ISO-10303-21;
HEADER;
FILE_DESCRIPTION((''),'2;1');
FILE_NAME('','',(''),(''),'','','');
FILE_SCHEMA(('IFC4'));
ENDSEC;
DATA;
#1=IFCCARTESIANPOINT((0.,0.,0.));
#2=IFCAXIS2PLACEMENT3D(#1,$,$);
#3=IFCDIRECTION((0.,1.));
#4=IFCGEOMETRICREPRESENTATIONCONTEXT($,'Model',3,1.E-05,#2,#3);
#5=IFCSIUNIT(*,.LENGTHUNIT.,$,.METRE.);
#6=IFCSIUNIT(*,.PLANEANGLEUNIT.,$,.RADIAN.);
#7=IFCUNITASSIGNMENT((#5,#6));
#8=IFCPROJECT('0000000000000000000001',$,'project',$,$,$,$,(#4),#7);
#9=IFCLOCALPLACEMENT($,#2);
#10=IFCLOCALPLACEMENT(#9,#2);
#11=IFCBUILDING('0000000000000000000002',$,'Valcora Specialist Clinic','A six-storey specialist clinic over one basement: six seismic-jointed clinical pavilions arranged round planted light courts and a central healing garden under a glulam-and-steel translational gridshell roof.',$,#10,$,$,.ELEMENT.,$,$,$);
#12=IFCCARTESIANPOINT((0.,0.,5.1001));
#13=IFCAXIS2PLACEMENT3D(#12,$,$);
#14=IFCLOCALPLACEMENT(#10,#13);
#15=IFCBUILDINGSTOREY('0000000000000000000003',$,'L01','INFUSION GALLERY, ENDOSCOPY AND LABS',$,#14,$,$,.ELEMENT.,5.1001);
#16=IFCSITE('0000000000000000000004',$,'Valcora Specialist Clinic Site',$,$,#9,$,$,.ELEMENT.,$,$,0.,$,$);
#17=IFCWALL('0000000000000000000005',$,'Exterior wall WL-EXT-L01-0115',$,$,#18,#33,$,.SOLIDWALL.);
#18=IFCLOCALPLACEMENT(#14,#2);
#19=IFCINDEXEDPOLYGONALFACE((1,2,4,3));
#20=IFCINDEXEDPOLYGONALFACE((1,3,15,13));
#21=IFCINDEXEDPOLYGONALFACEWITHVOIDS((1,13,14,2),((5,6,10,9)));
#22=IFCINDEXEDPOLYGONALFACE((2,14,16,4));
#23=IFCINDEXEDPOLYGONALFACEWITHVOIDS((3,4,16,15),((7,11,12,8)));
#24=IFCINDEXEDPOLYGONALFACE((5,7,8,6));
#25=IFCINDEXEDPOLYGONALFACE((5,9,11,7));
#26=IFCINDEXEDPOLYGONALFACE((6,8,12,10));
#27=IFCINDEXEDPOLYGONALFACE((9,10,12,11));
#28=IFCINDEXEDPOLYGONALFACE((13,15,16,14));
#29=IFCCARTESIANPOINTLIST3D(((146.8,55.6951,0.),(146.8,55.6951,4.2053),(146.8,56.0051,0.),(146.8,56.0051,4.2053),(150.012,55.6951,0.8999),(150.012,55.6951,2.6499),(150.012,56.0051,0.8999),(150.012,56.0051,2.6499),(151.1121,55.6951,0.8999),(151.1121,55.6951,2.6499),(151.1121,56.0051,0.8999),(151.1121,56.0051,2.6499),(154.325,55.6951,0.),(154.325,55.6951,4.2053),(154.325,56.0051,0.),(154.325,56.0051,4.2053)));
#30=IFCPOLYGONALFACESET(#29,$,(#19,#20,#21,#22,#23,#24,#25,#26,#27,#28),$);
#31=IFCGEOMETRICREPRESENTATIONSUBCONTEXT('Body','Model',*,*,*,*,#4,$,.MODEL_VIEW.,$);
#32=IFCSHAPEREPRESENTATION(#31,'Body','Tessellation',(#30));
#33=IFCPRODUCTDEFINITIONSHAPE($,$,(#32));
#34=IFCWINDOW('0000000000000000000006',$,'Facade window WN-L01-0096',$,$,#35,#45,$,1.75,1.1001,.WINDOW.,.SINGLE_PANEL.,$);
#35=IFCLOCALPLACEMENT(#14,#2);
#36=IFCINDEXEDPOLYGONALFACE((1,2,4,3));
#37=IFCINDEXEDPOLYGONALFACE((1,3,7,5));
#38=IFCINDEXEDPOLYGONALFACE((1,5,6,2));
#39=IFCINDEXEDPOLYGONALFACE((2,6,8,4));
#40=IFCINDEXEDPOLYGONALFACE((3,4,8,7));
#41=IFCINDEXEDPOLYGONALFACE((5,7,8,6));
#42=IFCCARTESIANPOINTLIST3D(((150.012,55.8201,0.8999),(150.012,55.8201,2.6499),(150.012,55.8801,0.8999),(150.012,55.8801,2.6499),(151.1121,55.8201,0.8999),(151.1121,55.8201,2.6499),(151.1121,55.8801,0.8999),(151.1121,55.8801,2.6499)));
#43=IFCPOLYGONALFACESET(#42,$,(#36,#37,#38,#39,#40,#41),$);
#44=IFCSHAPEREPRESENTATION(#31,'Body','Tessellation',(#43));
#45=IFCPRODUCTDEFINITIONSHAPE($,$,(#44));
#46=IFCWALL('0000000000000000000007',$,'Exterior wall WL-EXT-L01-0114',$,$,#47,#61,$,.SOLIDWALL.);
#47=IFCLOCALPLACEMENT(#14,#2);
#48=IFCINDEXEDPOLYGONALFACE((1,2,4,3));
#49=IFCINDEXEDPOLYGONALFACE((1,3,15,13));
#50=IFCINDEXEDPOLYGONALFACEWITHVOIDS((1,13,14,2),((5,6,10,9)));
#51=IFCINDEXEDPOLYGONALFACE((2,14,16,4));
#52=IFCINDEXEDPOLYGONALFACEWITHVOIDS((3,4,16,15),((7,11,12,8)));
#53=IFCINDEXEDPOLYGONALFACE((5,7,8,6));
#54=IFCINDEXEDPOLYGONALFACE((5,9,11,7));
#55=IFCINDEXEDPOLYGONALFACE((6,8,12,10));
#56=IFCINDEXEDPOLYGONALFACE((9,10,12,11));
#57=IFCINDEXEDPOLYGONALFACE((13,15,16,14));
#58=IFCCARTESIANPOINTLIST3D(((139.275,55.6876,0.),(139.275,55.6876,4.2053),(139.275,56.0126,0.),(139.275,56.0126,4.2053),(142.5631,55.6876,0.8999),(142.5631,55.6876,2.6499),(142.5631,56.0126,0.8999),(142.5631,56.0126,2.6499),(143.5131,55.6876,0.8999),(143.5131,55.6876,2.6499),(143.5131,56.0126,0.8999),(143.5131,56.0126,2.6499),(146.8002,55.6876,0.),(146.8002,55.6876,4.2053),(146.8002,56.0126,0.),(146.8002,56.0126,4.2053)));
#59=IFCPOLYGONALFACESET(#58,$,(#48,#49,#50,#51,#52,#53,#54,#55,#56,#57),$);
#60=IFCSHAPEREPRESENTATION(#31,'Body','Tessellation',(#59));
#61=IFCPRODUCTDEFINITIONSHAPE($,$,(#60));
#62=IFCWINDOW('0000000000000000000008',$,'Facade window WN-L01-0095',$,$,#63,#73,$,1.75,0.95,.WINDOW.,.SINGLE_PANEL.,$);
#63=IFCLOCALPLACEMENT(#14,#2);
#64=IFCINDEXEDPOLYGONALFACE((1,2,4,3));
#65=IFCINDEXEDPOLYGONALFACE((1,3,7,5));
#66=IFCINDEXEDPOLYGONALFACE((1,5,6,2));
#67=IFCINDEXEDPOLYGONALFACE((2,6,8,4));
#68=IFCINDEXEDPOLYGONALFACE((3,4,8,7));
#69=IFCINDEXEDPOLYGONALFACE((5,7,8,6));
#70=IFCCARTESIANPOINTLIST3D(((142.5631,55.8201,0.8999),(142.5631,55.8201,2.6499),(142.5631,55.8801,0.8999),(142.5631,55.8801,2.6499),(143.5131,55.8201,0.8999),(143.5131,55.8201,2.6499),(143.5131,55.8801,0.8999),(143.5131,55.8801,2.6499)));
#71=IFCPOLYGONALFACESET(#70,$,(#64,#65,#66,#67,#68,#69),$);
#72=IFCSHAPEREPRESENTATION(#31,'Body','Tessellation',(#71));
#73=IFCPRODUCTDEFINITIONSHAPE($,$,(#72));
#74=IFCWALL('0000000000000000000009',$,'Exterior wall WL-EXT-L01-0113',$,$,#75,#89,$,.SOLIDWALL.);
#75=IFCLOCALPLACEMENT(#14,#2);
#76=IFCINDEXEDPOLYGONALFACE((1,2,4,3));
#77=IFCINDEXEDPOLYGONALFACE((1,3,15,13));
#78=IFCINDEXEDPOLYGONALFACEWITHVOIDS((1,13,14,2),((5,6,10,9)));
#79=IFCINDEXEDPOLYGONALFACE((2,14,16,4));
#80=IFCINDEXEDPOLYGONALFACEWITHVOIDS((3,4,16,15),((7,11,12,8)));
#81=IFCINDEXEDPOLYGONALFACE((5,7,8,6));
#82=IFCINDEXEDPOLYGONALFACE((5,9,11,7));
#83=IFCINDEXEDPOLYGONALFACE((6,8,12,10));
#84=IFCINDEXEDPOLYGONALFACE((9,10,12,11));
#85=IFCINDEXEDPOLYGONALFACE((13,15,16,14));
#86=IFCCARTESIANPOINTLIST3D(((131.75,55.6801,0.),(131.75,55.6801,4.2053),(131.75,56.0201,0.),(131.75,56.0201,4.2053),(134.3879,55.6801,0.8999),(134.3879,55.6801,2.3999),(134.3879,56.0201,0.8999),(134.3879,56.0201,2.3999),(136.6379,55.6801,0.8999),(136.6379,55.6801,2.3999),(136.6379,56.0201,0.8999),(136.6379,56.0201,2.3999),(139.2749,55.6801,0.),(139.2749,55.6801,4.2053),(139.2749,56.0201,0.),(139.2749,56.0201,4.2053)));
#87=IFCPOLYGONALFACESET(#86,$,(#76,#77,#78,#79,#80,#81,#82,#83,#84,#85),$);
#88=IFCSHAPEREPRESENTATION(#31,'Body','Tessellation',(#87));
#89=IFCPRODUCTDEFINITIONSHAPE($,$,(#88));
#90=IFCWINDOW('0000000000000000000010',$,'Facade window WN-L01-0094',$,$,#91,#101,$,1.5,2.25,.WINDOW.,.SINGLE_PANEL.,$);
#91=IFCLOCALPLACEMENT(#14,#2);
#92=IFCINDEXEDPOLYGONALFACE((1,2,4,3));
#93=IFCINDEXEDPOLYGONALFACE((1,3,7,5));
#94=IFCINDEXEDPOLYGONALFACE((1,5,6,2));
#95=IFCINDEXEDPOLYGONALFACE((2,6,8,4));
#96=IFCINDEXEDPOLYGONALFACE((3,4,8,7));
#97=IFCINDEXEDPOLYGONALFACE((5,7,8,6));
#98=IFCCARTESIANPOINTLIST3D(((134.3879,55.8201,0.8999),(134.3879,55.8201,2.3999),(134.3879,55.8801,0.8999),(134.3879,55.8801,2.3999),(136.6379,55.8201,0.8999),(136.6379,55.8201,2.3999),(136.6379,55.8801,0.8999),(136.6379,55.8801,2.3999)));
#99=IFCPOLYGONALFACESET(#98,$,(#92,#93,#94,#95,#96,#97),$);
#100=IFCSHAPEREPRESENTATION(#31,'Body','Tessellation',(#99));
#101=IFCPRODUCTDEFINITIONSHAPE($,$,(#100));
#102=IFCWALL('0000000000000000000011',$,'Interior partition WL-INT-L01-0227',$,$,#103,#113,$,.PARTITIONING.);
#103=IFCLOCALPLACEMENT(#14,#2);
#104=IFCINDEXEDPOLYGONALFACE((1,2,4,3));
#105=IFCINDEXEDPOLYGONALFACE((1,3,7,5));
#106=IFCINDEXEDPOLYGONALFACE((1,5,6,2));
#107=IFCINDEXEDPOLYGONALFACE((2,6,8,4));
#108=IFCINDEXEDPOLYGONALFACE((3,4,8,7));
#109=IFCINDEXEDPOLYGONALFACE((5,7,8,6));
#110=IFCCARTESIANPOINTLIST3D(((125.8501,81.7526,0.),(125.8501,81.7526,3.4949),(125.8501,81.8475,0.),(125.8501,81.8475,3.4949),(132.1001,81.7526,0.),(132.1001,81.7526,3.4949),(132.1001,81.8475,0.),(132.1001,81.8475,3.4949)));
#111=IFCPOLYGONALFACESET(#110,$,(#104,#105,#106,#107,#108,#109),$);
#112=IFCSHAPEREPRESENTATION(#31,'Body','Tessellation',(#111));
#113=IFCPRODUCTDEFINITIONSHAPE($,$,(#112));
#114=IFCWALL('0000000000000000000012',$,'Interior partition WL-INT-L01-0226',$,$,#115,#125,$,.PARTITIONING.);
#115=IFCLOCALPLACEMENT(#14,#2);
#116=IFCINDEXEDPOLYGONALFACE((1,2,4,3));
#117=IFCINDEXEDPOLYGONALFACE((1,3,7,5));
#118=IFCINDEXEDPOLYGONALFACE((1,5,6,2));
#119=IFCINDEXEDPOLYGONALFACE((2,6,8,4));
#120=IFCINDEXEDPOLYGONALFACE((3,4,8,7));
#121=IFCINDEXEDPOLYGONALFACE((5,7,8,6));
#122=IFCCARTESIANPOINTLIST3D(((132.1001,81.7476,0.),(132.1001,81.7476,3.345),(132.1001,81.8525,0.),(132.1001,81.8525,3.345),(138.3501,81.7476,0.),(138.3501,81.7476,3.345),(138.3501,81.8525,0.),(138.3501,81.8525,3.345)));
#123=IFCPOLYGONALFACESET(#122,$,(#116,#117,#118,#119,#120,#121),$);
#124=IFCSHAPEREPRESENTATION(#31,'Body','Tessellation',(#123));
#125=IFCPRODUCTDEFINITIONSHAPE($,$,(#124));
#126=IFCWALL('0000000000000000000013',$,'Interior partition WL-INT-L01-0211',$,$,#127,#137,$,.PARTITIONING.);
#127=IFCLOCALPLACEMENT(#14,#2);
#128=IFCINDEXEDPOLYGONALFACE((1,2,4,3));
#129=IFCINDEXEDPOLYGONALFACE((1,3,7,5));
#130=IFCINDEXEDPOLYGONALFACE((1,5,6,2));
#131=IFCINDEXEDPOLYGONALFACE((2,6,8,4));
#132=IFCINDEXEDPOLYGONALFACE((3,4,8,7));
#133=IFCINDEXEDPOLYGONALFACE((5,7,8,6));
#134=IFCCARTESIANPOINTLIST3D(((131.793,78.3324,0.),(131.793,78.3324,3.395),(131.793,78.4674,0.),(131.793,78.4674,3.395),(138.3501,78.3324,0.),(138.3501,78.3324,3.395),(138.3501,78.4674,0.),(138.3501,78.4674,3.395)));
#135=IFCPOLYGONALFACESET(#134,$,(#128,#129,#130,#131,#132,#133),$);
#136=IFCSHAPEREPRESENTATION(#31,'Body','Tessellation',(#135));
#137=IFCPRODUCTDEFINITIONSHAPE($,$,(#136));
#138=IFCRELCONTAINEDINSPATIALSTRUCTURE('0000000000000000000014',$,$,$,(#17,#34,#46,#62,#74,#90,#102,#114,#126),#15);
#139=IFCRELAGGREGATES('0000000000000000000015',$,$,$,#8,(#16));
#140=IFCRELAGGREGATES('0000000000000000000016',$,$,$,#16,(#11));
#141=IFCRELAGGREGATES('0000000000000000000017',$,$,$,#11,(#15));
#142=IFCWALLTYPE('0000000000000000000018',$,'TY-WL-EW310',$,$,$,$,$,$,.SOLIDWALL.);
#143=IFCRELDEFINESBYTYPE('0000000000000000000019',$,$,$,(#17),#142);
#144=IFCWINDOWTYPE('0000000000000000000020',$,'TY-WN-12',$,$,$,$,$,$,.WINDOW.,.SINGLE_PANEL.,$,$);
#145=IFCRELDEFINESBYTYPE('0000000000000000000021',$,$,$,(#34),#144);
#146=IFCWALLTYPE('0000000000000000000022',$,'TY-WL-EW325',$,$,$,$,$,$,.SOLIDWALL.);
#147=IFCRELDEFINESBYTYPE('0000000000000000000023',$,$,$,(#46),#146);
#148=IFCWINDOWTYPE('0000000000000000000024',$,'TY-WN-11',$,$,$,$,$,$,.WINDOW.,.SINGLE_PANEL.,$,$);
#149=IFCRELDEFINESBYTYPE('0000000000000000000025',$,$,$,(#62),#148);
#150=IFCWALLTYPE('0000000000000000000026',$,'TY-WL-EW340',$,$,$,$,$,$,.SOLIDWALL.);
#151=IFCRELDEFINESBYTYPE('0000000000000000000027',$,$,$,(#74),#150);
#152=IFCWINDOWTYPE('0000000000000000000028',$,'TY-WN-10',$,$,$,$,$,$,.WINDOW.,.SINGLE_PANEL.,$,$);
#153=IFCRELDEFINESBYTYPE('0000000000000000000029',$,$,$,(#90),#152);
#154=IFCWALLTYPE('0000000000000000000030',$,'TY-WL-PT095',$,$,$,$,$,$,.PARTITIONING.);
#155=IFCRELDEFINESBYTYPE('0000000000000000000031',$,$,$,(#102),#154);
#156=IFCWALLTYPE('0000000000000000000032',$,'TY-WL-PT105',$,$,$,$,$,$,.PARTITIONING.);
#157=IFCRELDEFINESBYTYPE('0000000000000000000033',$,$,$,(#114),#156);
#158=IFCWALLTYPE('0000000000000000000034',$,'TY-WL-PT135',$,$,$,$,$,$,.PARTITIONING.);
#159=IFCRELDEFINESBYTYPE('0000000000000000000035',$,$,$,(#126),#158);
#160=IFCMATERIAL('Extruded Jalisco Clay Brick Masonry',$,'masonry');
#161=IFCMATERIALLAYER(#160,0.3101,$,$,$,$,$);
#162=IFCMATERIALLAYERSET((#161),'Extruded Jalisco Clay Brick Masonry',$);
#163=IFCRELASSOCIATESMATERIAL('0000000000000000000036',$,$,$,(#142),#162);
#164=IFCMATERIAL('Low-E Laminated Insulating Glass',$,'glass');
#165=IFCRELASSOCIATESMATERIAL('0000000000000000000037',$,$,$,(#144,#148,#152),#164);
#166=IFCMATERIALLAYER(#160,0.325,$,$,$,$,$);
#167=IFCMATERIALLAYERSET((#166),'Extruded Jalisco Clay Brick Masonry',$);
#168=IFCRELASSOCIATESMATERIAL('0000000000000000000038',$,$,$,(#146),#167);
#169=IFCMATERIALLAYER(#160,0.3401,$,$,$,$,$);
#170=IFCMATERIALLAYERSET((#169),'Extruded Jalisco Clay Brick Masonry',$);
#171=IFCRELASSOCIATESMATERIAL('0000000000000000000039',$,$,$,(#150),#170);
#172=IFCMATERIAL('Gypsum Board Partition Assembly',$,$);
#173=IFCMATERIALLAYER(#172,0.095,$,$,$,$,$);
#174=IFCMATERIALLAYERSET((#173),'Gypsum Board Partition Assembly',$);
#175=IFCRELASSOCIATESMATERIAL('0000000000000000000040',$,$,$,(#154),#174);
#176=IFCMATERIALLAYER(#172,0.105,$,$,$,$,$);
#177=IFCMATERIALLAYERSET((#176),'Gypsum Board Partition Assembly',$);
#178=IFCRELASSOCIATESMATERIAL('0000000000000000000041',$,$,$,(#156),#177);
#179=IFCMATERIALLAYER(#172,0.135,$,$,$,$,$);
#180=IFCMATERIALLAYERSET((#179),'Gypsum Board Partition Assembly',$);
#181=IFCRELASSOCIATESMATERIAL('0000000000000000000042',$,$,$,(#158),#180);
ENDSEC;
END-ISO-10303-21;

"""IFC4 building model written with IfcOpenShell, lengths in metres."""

from ifc_helpers import new_model, si_unit, direction, frame, frame_2d, origin, place, context, subcontext, project, spatial, rectangle, extrude, material, layer, layer_set, type_object, element, fill, save


model = new_model("IFC4")

# Units and contexts
model_context = context("Model", 3, precision=1e-05, world=origin(), true_north=direction((0.0, 1.0)))
body_context = subcontext(model_context, "Body", "Model", "MODEL_VIEW")
ifc_project = project(units=[si_unit("LENGTHUNIT", "METRE"), si_unit("PLANEANGLEUNIT", "RADIAN")], contexts=[model_context])

# Site, building, storey
site_placement = place(None, origin())
site = spatial("IfcSite", under=ifc_project, at=site_placement, Name="Valcora Specialist Clinic Site", CompositionType="ELEMENT", RefElevation=0.0)
building_placement = place(site_placement, origin())
building = spatial("IfcBuilding", under=site, at=building_placement, Name="Valcora Specialist Clinic", Description="A six-storey specialist clinic over one basement: six seismic-jointed clinical pavilions arranged round planted light courts and a central healing garden under a glulam-and-steel translational gridshell roof.", CompositionType="ELEMENT")
storey_placement = place(building_placement, frame((0.0, 0.0, 5.1001)))
storey = spatial("IfcBuildingStorey", under=building, at=storey_placement, Name="L01", Description="INFUSION GALLERY, ENDOSCOPY AND LABS", CompositionType="ELEMENT", Elevation=5.1001)

# Walls, openings, windows
ifc_material_1 = material(Name="Extruded Jalisco Clay Brick Masonry", Category="masonry")
ifc_material_2 = material(Name="Low-E Laminated Insulating Glass", Category="glass")
ifc_layer_1 = layer(ifc_material_1, 0.3101)
ifc_layer_set_1 = layer_set([ifc_layer_1], Name="Extruded Jalisco Clay Brick Masonry")
wall_type_1 = type_object("IfcWallType", Name="TY-WL-EW310", PredefinedType="SOLIDWALL", material=ifc_layer_set_1)
wall_1_placement = place(storey_placement, frame((146.8, 55.8501, 0.0), z_axis=(0.0, 0.0, 1.0), x_axis=(1.0, 0.0, 0.0)))
wall_1 = element("IfcWall", 1, at=wall_1_placement, inside=storey, type_object=wall_type_1, Name="Exterior wall WL-EXT-L01-0115", PredefinedType="SOLIDWALL", context=body_context, shape_type="SweptSolid", body=[
    extrude(rectangle(XDim=7.5249, YDim=0.3101, at=frame_2d((3.7625, 0.0))), origin(), (0.0, 0.0, 1.0), 4.2053),
])
opening_1_placement = place(wall_1_placement, frame((3.2119, 0.0, 0.8999)))
opening_1 = element("IfcOpeningElement", 2, at=opening_1_placement, cuts=wall_1, PredefinedType="OPENING", context=body_context, shape_type="SweptSolid", body=[
    extrude(rectangle(XDim=1.1001, YDim=1.75, at=frame_2d((0.55, 0.875))), frame((0.0, 0.165, 0.0), z_axis=(0.0, -1.0, 0.0), x_axis=(1.0, 0.0, 0.0)), (0.0, 0.0, 1.0), 0.3301),
])
window_type_1 = type_object("IfcWindowType", Name="TY-WN-12", PartitioningType="SINGLE_PANEL", PredefinedType="WINDOW", material=ifc_material_2)
window_1_placement = place(opening_1_placement, origin())
window_1 = element("IfcWindow", 3, at=window_1_placement, inside=storey, type_object=window_type_1, Name="Facade window WN-L01-0096", OverallHeight=1.75, OverallWidth=1.1001, PartitioningType="SINGLE_PANEL", PredefinedType="WINDOW", context=body_context, shape_type="SweptSolid", body=[
    extrude(rectangle(XDim=1.1001, YDim=1.75, at=frame_2d((0.55, 0.875))), frame((0.0, 0.03, 0.0), z_axis=(0.0, -1.0, 0.0), x_axis=(1.0, 0.0, 0.0)), (0.0, 0.0, 1.0), 0.0601),
])
fill(opening_1, window_1)
ifc_layer_2 = layer(ifc_material_1, 0.325)
ifc_layer_set_2 = layer_set([ifc_layer_2], Name="Extruded Jalisco Clay Brick Masonry")
wall_type_2 = type_object("IfcWallType", Name="TY-WL-EW325", PredefinedType="SOLIDWALL", material=ifc_layer_set_2)
wall_2_placement = place(storey_placement, frame((139.2749, 55.8501, 0.0), z_axis=(0.0, 0.0, 1.0), x_axis=(1.0, 0.0, 0.0)))
wall_2 = element("IfcWall", 4, at=wall_2_placement, inside=storey, type_object=wall_type_2, Name="Exterior wall WL-EXT-L01-0114", PredefinedType="SOLIDWALL", context=body_context, shape_type="SweptSolid", body=[
    extrude(rectangle(XDim=7.5251, YDim=0.325, at=frame_2d((3.7627, 0.0))), origin(), (0.0, 0.0, 1.0), 4.2053),
])
opening_2_placement = place(wall_2_placement, frame((3.2881, 0.0, 0.8999)))
opening_2 = element("IfcOpeningElement", 5, at=opening_2_placement, cuts=wall_2, PredefinedType="OPENING", context=body_context, shape_type="SweptSolid", body=[
    extrude(rectangle(XDim=0.95, YDim=1.75, at=frame_2d((0.4751, 0.875))), frame((0.0, 0.1724, 0.0), z_axis=(0.0, -1.0, 0.0), x_axis=(1.0, 0.0, 0.0)), (0.0, 0.0, 1.0), 0.345),
])
window_type_2 = type_object("IfcWindowType", Name="TY-WN-11", PartitioningType="SINGLE_PANEL", PredefinedType="WINDOW", material=ifc_material_2)
window_2_placement = place(opening_2_placement, origin())
window_2 = element("IfcWindow", 6, at=window_2_placement, inside=storey, type_object=window_type_2, Name="Facade window WN-L01-0095", OverallHeight=1.75, OverallWidth=0.95, PartitioningType="SINGLE_PANEL", PredefinedType="WINDOW", context=body_context, shape_type="SweptSolid", body=[
    extrude(rectangle(XDim=0.95, YDim=1.75, at=frame_2d((0.4751, 0.875))), frame((0.0, 0.03, 0.0), z_axis=(0.0, -1.0, 0.0), x_axis=(1.0, 0.0, 0.0)), (0.0, 0.0, 1.0), 0.0601),
])
fill(opening_2, window_2)
ifc_layer_3 = layer(ifc_material_1, 0.3401)
ifc_layer_set_3 = layer_set([ifc_layer_3], Name="Extruded Jalisco Clay Brick Masonry")
wall_type_3 = type_object("IfcWallType", Name="TY-WL-EW340", PredefinedType="SOLIDWALL", material=ifc_layer_set_3)
wall_3_placement = place(storey_placement, frame((131.75, 55.8501, 0.0), z_axis=(0.0, 0.0, 1.0), x_axis=(1.0, 0.0, 0.0)))
wall_3 = element("IfcWall", 7, at=wall_3_placement, inside=storey, type_object=wall_type_3, Name="Exterior wall WL-EXT-L01-0113", PredefinedType="SOLIDWALL", context=body_context, shape_type="SweptSolid", body=[
    extrude(rectangle(XDim=7.5249, YDim=0.3401, at=frame_2d((3.7625, 0.0))), origin(), (0.0, 0.0, 1.0), 4.2053),
])
opening_3_placement = place(wall_3_placement, frame((2.6379, 0.0, 0.8999)))
opening_3 = element("IfcOpeningElement", 8, at=opening_3_placement, cuts=wall_3, PredefinedType="OPENING", context=body_context, shape_type="SweptSolid", body=[
    extrude(rectangle(XDim=2.25, YDim=1.5, at=frame_2d((1.125, 0.75))), frame((0.0, 0.1799, 0.0), z_axis=(0.0, -1.0, 0.0), x_axis=(1.0, 0.0, 0.0)), (0.0, 0.0, 1.0), 0.3601),
])
window_type_3 = type_object("IfcWindowType", Name="TY-WN-10", PartitioningType="SINGLE_PANEL", PredefinedType="WINDOW", material=ifc_material_2)
window_3_placement = place(opening_3_placement, origin())
window_3 = element("IfcWindow", 9, at=window_3_placement, inside=storey, type_object=window_type_3, Name="Facade window WN-L01-0094", OverallHeight=1.5, OverallWidth=2.25, PartitioningType="SINGLE_PANEL", PredefinedType="WINDOW", context=body_context, shape_type="SweptSolid", body=[
    extrude(rectangle(XDim=2.25, YDim=1.5, at=frame_2d((1.125, 0.75))), frame((0.0, 0.03, 0.0), z_axis=(0.0, -1.0, 0.0), x_axis=(1.0, 0.0, 0.0)), (0.0, 0.0, 1.0), 0.0601),
])
fill(opening_3, window_3)

# Walls
ifc_material_3 = material(Name="Gypsum Board Partition Assembly")
ifc_layer_4 = layer(ifc_material_3, 0.095)
ifc_layer_set_4 = layer_set([ifc_layer_4], Name="Gypsum Board Partition Assembly")
wall_type_4 = type_object("IfcWallType", Name="TY-WL-PT095", PredefinedType="PARTITIONING", material=ifc_layer_set_4)
wall_4_placement = place(storey_placement, frame((132.1001, 81.8, 0.0), z_axis=(0.0, 0.0, 1.0), x_axis=(-1.0, 0.0, 0.0)))
element("IfcWall", 10, at=wall_4_placement, inside=storey, type_object=wall_type_4, Name="Interior partition WL-INT-L01-0227", PredefinedType="PARTITIONING", context=body_context, shape_type="SweptSolid", body=[
    extrude(rectangle(XDim=6.25, YDim=0.095, at=frame_2d((3.125, 0.0))), origin(), (0.0, 0.0, 1.0), 3.4949),
])
ifc_layer_5 = layer(ifc_material_3, 0.105)
ifc_layer_set_5 = layer_set([ifc_layer_5], Name="Gypsum Board Partition Assembly")
wall_type_5 = type_object("IfcWallType", Name="TY-WL-PT105", PredefinedType="PARTITIONING", material=ifc_layer_set_5)
wall_5_placement = place(storey_placement, frame((138.3501, 81.8, 0.0), z_axis=(0.0, 0.0, 1.0), x_axis=(-1.0, 0.0, 0.0)))
element("IfcWall", 11, at=wall_5_placement, inside=storey, type_object=wall_type_5, Name="Interior partition WL-INT-L01-0226", PredefinedType="PARTITIONING", context=body_context, shape_type="SweptSolid", body=[
    extrude(rectangle(XDim=6.25, YDim=0.105, at=frame_2d((3.125, 0.0))), origin(), (0.0, 0.0, 1.0), 3.345),
])
ifc_layer_6 = layer(ifc_material_3, 0.135)
ifc_layer_set_6 = layer_set([ifc_layer_6], Name="Gypsum Board Partition Assembly")
wall_type_6 = type_object("IfcWallType", Name="TY-WL-PT135", PredefinedType="PARTITIONING", material=ifc_layer_set_6)
wall_6_placement = place(storey_placement, frame((131.793, 78.3999, 0.0), z_axis=(0.0, 0.0, 1.0), x_axis=(1.0, 0.0, 0.0)))
element("IfcWall", 12, at=wall_6_placement, inside=storey, type_object=wall_type_6, Name="Interior partition WL-INT-L01-0211", PredefinedType="PARTITIONING", context=body_context, shape_type="SweptSolid", body=[
    extrude(rectangle(XDim=6.5571, YDim=0.135, at=frame_2d((3.2786, 0.0))), origin(), (0.0, 0.0, 1.0), 3.395),
])

save(model, "model.ifc")
